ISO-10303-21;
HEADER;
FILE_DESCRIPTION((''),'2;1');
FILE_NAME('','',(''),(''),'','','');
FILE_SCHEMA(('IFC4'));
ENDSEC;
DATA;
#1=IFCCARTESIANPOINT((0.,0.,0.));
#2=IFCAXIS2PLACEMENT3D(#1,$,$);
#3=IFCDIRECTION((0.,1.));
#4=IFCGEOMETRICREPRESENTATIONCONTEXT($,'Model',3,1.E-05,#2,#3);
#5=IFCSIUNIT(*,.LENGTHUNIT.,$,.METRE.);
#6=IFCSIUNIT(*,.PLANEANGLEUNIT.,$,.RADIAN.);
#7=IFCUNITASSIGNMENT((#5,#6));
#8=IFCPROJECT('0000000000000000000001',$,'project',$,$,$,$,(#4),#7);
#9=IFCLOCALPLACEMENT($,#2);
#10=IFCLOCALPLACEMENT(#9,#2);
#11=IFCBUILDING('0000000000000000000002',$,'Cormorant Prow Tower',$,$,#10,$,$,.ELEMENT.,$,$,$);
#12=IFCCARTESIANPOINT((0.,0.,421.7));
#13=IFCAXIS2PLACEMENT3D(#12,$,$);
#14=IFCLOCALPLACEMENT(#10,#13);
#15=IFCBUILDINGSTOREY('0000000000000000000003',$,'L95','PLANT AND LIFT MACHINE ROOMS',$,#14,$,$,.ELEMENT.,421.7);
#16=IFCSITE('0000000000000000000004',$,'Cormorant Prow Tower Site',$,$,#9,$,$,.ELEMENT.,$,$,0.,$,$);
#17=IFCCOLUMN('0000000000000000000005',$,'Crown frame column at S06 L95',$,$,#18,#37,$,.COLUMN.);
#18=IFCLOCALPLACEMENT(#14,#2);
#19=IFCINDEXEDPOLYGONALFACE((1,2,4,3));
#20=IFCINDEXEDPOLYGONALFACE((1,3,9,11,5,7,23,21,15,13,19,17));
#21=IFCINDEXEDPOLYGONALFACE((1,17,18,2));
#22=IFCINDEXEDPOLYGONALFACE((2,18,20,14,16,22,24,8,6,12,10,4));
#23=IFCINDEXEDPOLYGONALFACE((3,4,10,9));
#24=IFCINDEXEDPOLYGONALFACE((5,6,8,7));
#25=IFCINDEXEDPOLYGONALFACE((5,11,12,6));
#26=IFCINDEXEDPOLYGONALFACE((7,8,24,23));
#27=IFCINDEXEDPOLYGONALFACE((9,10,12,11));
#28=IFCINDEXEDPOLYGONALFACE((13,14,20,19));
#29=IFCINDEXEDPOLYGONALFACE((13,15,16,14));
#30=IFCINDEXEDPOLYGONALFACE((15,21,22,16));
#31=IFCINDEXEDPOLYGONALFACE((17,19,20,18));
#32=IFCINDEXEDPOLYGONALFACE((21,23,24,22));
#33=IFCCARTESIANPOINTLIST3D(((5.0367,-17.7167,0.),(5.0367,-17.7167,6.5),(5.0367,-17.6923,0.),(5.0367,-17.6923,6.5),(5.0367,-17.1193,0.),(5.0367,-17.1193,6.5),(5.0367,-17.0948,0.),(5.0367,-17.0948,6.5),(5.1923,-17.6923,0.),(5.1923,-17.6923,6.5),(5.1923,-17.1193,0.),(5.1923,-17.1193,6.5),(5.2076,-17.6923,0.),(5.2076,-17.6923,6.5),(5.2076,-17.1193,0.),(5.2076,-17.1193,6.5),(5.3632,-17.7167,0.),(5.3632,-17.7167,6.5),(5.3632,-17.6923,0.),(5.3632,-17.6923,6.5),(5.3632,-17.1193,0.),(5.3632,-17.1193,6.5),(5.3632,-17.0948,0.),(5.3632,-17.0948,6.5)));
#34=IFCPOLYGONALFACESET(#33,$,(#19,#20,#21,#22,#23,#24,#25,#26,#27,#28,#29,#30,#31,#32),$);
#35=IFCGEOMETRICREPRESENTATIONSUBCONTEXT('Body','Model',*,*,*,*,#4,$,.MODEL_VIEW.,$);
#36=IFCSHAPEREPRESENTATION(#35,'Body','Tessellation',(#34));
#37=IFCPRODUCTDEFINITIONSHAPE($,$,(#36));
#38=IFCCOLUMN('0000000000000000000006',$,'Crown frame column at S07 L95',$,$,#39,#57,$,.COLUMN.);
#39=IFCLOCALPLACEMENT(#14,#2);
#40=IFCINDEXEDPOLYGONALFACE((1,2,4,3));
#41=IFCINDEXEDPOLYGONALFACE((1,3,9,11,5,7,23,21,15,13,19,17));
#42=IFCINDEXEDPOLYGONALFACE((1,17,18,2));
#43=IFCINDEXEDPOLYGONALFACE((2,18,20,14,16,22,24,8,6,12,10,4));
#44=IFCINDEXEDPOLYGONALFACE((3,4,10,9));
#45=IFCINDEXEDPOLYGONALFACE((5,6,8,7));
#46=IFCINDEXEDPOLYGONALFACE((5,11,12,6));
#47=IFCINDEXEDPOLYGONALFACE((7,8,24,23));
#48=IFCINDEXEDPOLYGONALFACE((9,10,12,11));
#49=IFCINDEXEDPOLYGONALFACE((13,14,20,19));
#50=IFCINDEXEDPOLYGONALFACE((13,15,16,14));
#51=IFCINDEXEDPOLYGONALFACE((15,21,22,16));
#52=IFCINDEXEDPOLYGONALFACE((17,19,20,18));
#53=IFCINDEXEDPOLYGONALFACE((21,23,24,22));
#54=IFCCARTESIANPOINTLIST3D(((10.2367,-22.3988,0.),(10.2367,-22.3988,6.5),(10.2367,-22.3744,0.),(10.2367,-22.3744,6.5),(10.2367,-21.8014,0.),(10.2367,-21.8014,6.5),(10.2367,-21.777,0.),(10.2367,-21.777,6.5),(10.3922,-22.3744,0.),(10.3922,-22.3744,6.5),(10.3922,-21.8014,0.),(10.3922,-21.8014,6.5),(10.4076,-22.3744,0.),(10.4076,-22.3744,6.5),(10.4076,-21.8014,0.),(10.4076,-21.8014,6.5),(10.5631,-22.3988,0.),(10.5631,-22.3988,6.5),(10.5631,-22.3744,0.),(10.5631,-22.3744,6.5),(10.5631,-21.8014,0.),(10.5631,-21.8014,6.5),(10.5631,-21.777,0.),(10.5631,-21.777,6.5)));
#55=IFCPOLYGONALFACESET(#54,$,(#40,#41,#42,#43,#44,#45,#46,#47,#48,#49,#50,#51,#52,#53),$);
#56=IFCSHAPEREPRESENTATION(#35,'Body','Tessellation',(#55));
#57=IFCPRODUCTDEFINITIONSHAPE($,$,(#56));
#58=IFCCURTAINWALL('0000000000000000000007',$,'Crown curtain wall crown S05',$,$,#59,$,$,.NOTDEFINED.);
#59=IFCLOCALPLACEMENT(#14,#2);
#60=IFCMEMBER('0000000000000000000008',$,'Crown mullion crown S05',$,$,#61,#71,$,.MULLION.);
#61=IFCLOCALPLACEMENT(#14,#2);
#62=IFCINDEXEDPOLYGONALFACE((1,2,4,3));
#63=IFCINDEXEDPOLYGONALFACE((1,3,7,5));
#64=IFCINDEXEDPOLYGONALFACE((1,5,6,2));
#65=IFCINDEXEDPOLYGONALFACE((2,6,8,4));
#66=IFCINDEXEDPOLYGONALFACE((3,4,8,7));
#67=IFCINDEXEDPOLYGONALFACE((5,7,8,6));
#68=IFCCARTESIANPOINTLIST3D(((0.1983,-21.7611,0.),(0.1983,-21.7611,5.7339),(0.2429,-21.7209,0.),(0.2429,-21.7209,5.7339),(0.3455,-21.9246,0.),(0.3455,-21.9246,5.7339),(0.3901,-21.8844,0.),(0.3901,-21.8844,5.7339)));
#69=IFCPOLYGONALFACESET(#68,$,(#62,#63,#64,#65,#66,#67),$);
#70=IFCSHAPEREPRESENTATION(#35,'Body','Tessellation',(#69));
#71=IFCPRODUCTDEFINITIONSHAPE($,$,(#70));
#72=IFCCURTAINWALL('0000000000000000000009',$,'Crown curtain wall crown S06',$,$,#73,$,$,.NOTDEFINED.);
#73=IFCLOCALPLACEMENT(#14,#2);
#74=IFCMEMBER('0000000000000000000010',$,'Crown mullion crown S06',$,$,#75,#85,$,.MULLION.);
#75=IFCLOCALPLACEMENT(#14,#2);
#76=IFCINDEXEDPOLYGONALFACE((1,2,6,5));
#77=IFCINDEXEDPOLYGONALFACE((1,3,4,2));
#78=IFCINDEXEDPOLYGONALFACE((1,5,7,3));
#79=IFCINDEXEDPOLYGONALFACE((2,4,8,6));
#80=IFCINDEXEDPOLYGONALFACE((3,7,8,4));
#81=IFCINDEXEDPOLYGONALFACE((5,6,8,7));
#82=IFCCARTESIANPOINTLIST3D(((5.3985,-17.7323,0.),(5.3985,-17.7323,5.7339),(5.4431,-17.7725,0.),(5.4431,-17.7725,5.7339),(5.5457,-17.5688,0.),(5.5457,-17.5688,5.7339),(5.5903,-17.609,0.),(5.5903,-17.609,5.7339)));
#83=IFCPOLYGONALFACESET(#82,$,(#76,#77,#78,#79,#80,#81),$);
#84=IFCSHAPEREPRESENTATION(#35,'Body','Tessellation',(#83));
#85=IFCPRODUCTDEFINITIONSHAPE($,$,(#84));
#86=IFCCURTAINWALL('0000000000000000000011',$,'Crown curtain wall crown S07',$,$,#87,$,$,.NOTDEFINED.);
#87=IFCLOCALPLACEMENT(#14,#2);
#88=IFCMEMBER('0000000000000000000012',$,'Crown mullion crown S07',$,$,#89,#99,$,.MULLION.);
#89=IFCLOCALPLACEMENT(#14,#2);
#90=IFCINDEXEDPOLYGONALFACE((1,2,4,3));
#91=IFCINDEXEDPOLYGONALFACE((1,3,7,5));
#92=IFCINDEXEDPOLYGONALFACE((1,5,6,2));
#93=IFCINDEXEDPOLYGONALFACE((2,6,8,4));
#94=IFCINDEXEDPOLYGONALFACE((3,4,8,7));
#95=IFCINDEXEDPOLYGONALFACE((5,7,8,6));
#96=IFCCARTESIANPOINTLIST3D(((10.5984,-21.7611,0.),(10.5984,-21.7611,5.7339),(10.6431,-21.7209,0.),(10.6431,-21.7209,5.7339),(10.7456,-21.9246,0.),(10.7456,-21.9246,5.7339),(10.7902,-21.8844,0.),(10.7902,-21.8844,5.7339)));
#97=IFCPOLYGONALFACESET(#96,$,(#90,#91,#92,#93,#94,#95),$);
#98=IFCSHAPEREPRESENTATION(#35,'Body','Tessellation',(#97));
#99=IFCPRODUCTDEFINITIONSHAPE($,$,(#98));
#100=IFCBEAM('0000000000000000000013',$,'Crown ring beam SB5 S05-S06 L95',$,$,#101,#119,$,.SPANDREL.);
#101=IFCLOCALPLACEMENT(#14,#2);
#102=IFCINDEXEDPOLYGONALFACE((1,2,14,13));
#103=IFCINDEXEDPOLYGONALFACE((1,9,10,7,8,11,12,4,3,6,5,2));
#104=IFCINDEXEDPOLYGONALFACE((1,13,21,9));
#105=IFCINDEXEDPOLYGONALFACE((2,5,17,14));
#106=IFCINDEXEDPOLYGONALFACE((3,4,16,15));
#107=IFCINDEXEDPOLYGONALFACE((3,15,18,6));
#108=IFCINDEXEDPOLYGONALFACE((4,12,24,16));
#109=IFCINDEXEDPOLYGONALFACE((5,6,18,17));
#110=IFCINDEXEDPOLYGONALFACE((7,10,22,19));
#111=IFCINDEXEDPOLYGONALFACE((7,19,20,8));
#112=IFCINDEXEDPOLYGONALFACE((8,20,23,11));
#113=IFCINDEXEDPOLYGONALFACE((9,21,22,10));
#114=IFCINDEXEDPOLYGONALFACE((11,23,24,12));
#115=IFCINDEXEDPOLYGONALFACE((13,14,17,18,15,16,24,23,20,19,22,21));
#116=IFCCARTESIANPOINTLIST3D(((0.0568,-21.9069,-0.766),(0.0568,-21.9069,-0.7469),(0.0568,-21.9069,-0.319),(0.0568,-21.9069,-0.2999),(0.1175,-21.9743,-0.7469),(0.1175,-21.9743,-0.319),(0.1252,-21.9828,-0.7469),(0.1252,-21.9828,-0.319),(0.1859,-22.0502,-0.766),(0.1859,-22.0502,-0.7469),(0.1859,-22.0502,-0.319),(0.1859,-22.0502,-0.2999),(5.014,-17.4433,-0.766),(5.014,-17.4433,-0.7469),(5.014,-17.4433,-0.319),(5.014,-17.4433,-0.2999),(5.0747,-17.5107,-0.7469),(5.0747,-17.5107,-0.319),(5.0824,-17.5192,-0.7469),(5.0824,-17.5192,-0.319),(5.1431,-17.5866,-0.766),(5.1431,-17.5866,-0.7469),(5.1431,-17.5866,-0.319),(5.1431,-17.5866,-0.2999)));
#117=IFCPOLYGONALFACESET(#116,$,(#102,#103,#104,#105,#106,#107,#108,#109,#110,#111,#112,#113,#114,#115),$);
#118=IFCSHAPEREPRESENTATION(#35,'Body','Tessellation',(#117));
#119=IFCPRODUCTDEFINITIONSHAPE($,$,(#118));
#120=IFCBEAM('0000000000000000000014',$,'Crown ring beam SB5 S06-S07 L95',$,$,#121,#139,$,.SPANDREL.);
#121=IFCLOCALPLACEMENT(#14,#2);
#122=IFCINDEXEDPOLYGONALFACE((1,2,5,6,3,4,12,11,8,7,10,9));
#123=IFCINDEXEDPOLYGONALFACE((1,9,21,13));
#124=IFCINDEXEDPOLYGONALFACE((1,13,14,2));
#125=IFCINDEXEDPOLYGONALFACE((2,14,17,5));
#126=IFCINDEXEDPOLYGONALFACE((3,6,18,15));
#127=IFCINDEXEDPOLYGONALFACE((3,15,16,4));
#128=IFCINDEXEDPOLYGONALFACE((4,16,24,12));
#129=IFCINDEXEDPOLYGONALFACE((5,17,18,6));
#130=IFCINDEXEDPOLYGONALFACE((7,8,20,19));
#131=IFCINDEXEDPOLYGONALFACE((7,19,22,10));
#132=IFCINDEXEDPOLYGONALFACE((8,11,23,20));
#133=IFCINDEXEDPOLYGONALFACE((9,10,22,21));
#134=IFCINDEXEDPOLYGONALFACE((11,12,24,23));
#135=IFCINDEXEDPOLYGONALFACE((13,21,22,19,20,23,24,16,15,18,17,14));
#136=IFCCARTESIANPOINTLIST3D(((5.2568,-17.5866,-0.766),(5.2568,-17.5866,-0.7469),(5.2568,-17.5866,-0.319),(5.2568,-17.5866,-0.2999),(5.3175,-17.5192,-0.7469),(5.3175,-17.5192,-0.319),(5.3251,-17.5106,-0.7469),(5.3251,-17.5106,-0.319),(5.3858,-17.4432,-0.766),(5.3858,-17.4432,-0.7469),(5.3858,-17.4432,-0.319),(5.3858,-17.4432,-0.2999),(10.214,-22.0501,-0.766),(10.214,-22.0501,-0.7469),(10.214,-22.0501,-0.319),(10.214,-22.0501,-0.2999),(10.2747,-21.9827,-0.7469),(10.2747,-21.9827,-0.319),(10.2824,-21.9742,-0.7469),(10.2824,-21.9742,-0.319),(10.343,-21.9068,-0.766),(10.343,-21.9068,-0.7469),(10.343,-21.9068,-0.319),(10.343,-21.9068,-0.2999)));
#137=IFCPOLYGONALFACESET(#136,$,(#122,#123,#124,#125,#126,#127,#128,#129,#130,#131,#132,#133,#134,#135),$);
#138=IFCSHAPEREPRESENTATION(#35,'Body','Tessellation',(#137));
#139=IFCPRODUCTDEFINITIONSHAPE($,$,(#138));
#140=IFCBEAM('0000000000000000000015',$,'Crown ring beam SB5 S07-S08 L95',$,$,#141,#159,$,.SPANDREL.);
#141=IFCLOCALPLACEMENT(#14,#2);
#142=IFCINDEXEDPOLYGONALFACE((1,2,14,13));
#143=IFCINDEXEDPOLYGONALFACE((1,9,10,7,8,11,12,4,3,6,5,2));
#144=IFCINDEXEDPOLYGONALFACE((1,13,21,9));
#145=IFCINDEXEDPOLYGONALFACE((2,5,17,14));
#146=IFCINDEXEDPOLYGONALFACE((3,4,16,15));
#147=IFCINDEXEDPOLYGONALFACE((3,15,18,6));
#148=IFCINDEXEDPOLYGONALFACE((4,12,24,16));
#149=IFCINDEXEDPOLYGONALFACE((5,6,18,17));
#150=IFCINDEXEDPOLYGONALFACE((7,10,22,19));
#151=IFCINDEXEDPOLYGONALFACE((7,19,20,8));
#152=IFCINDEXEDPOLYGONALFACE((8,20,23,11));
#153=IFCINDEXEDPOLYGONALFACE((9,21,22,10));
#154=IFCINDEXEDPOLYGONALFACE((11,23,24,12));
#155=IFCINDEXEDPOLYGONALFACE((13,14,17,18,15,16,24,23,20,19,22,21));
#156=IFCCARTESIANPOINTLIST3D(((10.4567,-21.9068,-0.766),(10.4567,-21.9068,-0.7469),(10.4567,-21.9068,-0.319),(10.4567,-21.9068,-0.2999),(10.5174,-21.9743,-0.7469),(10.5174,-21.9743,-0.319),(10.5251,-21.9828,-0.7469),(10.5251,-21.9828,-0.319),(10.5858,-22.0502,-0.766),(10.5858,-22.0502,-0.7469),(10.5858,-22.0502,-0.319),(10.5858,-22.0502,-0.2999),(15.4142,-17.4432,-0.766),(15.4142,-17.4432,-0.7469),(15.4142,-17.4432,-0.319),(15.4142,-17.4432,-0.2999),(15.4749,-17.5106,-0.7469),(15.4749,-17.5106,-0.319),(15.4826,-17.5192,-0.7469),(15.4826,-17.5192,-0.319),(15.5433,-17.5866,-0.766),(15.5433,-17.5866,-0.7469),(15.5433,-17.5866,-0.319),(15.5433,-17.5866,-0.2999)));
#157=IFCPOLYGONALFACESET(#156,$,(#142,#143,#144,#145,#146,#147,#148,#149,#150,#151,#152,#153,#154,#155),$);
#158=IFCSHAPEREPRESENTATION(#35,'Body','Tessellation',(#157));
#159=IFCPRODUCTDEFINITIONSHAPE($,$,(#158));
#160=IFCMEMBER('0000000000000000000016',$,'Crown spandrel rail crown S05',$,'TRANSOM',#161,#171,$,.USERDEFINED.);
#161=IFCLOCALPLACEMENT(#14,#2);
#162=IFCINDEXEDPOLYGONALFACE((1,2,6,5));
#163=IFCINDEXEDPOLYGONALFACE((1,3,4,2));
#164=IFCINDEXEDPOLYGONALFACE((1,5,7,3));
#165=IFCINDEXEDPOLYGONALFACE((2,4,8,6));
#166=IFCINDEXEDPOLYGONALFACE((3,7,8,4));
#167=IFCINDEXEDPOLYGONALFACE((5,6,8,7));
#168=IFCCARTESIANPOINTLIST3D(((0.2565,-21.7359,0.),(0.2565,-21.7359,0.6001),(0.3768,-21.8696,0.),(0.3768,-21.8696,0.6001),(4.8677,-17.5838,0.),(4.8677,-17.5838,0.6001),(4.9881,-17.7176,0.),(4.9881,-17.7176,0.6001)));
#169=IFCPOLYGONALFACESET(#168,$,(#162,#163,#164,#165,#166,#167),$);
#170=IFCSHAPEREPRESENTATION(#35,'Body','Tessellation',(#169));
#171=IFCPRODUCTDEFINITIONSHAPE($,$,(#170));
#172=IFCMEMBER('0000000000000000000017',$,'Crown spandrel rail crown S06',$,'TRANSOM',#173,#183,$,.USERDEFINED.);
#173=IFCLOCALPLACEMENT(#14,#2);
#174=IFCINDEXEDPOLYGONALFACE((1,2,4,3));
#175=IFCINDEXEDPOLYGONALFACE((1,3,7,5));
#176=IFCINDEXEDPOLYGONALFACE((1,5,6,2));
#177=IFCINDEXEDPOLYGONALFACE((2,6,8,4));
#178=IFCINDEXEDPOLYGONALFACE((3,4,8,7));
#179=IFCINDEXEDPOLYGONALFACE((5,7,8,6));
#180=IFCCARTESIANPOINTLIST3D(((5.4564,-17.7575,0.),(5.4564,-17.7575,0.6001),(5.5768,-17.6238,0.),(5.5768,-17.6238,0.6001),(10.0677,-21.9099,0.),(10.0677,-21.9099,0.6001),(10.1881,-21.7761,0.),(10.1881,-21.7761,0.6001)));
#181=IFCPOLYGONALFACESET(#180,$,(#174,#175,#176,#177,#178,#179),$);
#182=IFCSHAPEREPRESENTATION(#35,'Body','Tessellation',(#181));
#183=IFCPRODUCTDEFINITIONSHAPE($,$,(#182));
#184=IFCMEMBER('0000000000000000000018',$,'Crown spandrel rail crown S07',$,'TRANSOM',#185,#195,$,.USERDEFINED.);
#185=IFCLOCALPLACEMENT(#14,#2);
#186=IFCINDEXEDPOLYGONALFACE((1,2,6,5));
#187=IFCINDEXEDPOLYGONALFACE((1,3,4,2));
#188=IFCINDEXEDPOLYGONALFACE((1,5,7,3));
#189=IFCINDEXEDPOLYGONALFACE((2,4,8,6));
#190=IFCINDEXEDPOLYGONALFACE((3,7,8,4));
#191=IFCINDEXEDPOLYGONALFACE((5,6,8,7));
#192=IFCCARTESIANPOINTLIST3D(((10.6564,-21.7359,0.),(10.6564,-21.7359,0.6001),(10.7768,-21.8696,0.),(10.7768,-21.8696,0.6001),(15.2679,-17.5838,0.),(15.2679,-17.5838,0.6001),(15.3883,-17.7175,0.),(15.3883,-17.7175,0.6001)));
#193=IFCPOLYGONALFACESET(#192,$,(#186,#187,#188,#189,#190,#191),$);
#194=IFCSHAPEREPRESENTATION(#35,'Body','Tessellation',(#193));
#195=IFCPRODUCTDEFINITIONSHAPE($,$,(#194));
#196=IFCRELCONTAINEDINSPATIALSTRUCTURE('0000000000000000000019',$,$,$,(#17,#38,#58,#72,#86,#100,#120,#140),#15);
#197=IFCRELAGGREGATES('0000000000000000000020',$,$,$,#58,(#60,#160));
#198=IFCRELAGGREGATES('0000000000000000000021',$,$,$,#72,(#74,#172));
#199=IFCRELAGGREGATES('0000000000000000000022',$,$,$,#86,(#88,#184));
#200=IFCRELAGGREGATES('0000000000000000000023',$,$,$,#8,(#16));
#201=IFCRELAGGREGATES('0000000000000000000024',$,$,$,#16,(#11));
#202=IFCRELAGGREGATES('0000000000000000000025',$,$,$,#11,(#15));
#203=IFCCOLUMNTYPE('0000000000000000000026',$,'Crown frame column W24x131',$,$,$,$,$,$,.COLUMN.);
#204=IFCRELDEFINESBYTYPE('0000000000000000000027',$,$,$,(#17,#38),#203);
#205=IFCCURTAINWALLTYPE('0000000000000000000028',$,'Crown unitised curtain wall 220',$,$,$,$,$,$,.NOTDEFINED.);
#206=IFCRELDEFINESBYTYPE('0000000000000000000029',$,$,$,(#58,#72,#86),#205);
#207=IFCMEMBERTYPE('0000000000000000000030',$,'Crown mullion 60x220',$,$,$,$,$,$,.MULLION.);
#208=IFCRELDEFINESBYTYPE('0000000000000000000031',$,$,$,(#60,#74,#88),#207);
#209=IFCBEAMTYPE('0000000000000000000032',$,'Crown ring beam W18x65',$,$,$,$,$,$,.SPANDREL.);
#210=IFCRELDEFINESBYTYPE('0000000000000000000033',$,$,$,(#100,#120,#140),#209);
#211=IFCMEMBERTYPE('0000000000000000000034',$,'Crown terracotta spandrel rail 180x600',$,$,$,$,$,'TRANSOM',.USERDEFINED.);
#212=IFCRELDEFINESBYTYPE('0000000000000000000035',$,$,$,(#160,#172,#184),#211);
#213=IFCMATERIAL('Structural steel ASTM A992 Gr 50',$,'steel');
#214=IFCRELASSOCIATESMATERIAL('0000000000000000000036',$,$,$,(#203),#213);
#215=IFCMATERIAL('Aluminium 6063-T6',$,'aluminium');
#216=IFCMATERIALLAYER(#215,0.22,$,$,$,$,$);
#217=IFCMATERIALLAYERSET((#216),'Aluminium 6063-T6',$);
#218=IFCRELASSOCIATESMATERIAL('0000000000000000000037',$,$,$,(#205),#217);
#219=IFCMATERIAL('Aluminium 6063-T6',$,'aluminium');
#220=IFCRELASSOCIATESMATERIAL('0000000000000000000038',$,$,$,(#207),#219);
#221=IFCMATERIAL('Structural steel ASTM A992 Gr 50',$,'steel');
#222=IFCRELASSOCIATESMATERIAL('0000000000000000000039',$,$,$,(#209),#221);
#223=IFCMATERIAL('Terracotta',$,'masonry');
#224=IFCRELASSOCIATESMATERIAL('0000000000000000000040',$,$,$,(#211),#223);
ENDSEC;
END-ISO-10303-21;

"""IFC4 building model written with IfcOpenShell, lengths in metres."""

from ifc_helpers import new_model, si_unit, direction, frame, origin, origin_2d, place, context, subcontext, project, spatial, rectangle, i_section, extrude, material, layer, layer_set, material_profile, profile_set, type_object, element, aggregate, save


model = new_model("IFC4")

# Units and contexts
model_context = context("Model", 3, precision=1e-05, world=origin(), true_north=direction((0.0, 1.0)))
body_context = subcontext(model_context, "Body", "Model", "MODEL_VIEW")
ifc_project = project(units=[si_unit("LENGTHUNIT", "METRE"), si_unit("PLANEANGLEUNIT", "RADIAN")], contexts=[model_context])

# Site, building, storey
site_placement = place(None, origin())
site = spatial("IfcSite", under=ifc_project, at=site_placement, Name="Cormorant Prow Tower Site", CompositionType="ELEMENT", RefElevation=0.0)
building_placement = place(site_placement, origin())
building = spatial("IfcBuilding", under=site, at=building_placement, Name="Cormorant Prow Tower", CompositionType="ELEMENT")
storey_placement = place(building_placement, frame((0.0, 0.0, 421.7)))
storey = spatial("IfcBuildingStorey", under=building, at=storey_placement, Name="L95", Description="PLANT AND LIFT MACHINE ROOMS", CompositionType="ELEMENT", Elevation=421.7)

# Columns
ifc_material_1 = material(Name="Structural steel ASTM A992 Gr 50", Category="steel")
ifc_material_profile_1 = material_profile(ifc_material_1, i_section(OverallWidth=0.3264, OverallDepth=0.6218, WebThickness=0.0154, FlangeThickness=0.0244, at=origin_2d()), Name="W24x131")
ifc_profile_set_1 = profile_set([ifc_material_profile_1], Name="Structural steel ASTM A992 Gr 50")
column_type = type_object("IfcColumnType", Name="Crown frame column W24x131", PredefinedType="COLUMN", material=ifc_profile_set_1)
for number, where, z_axis, x_axis, name in (
    (1, (5.2, -17.4058, 0.0), (0.0, 0.0, 1.0), (1.0, 0.0, 0.0), "Crown frame column at S06 L95"),
    (2, (10.3999, -22.0879, 0.0), (0.0, 0.0, 1.0), (1.0, 0.0, 0.0), "Crown frame column at S07 L95"),
):
    element("IfcColumn", number, at=place(storey_placement, frame(where, z_axis=z_axis, x_axis=x_axis)), inside=storey, type_object=column_type, Name=name, PredefinedType="COLUMN", context=body_context, shape_type="SweptSolid", body=[
        extrude(i_section(OverallWidth=0.3264, OverallDepth=0.6218, WebThickness=0.0154, FlangeThickness=0.0244, at=origin_2d()), origin(), (0.0, 0.0, 1.0), 6.5),
    ])

# Curtain walls, members
ifc_material_2 = material(Name="Aluminium 6063-T6", Category="aluminium")
ifc_layer_1 = layer(ifc_material_2, 0.22)
ifc_layer_set_1 = layer_set([ifc_layer_1], Name="Aluminium 6063-T6")
curtain_wall_type = type_object("IfcCurtainWallType", Name="Crown unitised curtain wall 220", PredefinedType="NOTDEFINED", material=ifc_layer_set_1)
curtain_wall_1_placement = place(storey_placement, origin())
curtain_wall_1 = element("IfcCurtainWall", 3, at=curtain_wall_1_placement, inside=storey, type_object=curtain_wall_type, Name="Crown curtain wall crown S05", PredefinedType="NOTDEFINED")
ifc_material_3 = material(Name="Aluminium 6063-T6", Category="aluminium")
ifc_material_profile_2 = material_profile(ifc_material_3, rectangle(XDim=0.22, YDim=0.0601, at=origin_2d()), Name="Crown mullion 60x220")
ifc_profile_set_2 = profile_set([ifc_material_profile_2], Name="Aluminium 6063-T6")
member_type_1 = type_object("IfcMemberType", Name="Crown mullion 60x220", PredefinedType="MULLION", material=ifc_profile_set_2)
member_1_placement = place(storey_placement, frame((0.2942, -21.8228, 0.0), z_axis=(0.0, 0.0, 1.0), x_axis=(-0.669131, 0.743145, 0.0)))
member_1 = element("IfcMember", 4, at=member_1_placement, type_object=member_type_1, Name="Crown mullion crown S05", PredefinedType="MULLION", context=body_context, shape_type="SweptSolid", body=[
    extrude(rectangle(XDim=0.22, YDim=0.0601, at=origin_2d()), origin(), (0.0, 0.0, 1.0), 5.7339),
])
curtain_wall_2_placement = place(storey_placement, origin())
curtain_wall_2 = element("IfcCurtainWall", 5, at=curtain_wall_2_placement, inside=storey, type_object=curtain_wall_type, Name="Crown curtain wall crown S06", PredefinedType="NOTDEFINED")
member_2_placement = place(storey_placement, frame((5.4944, -17.6707, 0.0), z_axis=(0.0, 0.0, 1.0), x_axis=(0.669131, 0.743145, 0.0)))
member_2 = element("IfcMember", 6, at=member_2_placement, type_object=member_type_1, Name="Crown mullion crown S06", PredefinedType="MULLION", context=body_context, shape_type="SweptSolid", body=[
    extrude(rectangle(XDim=0.22, YDim=0.0601, at=origin_2d()), origin(), (0.0, 0.0, 1.0), 5.7339),
])
curtain_wall_3_placement = place(storey_placement, origin())
curtain_wall_3 = element("IfcCurtainWall", 7, at=curtain_wall_3_placement, inside=storey, type_object=curtain_wall_type, Name="Crown curtain wall crown S07", PredefinedType="NOTDEFINED")
member_3_placement = place(storey_placement, frame((10.6943, -21.8228, 0.0), z_axis=(0.0, 0.0, 1.0), x_axis=(-0.669131, 0.743145, 0.0)))
member_3 = element("IfcMember", 8, at=member_3_placement, type_object=member_type_1, Name="Crown mullion crown S07", PredefinedType="MULLION", context=body_context, shape_type="SweptSolid", body=[
    extrude(rectangle(XDim=0.22, YDim=0.0601, at=origin_2d()), origin(), (0.0, 0.0, 1.0), 5.7339),
])

# Beams
ifc_material_4 = material(Name="Structural steel ASTM A992 Gr 50", Category="steel")
ifc_material_profile_3 = material_profile(ifc_material_4, i_section(OverallWidth=0.1929, OverallDepth=0.4661, WebThickness=0.0115, FlangeThickness=0.019, at=origin_2d()), Name="W18x65")
ifc_profile_set_3 = profile_set([ifc_material_profile_3], Name="Structural steel ASTM A992 Gr 50")
beam_type = type_object("IfcBeamType", Name="Crown ring beam W18x65", PredefinedType="SPANDREL", material=ifc_profile_set_3)
for number, where, z_axis, x_axis, name in (
    (9, (0.1213, -21.9785, -0.533), (0.743139, 0.669137, 0.0), (-0.669137, 0.743139, 0.0), "Crown ring beam SB5 S05-S06 L95"),
    (10, (5.3213, -17.5149, -0.533), (0.743139, -0.669137, 0.0), (0.669137, 0.743139, 0.0), "Crown ring beam SB5 S06-S07 L95"),
):
    element("IfcBeam", number, at=place(storey_placement, frame(where, z_axis=z_axis, x_axis=x_axis)), inside=storey, type_object=beam_type, Name=name, PredefinedType="SPANDREL", context=body_context, shape_type="SweptSolid", body=[
        extrude(i_section(OverallWidth=0.1929, OverallDepth=0.4661, WebThickness=0.0115, FlangeThickness=0.019, at=origin_2d()), origin(), (0.0, 0.0, 1.0), 6.6707),
    ])
beam_placement = place(storey_placement, frame((10.5212, -21.9785, -0.533), z_axis=(0.743156, 0.669118, 0.0), x_axis=(-0.669118, 0.743156, 0.0)))
element("IfcBeam", 11, at=beam_placement, inside=storey, type_object=beam_type, Name="Crown ring beam SB5 S07-S08 L95", PredefinedType="SPANDREL", context=body_context, shape_type="SweptSolid", body=[
    extrude(i_section(OverallWidth=0.1929, OverallDepth=0.4661, WebThickness=0.0115, FlangeThickness=0.019, at=origin_2d()), origin(), (0.0, 0.0, 1.0), 6.6709),
])

# Members
ifc_material_5 = material(Name="Terracotta", Category="masonry")
ifc_material_profile_4 = material_profile(ifc_material_5, rectangle(XDim=0.1799, YDim=0.6001, at=origin_2d()), Name="Crown terracotta spandrel rail 180x600")
ifc_profile_set_4 = profile_set([ifc_material_profile_4], Name="Terracotta")
member_type_2 = type_object("IfcMemberType", Name="Crown terracotta spandrel rail 180x600", ElementType="TRANSOM", PredefinedType="USERDEFINED", material=ifc_profile_set_4)
member_4_placement = place(storey_placement, frame((0.3167, -21.8027, 0.3), z_axis=(0.743142, 0.669134, 0.0), x_axis=(-0.669134, 0.743142, 0.0)))
member_4 = element("IfcMember", 12, at=member_4_placement, type_object=member_type_2, Name="Crown spandrel rail crown S05", ObjectType="TRANSOM", PredefinedType="USERDEFINED", context=body_context, shape_type="SweptSolid", body=[
    extrude(rectangle(XDim=0.1799, YDim=0.6001, at=origin_2d()), origin(), (0.0, 0.0, 1.0), 6.2051),
])
member_5_placement = place(storey_placement, frame((5.5166, -17.6907, 0.3), z_axis=(0.743122, -0.669156, 0.0), x_axis=(0.669156, 0.743122, 0.0)))
member_5 = element("IfcMember", 13, at=member_5_placement, type_object=member_type_2, Name="Crown spandrel rail crown S06", ObjectType="TRANSOM", PredefinedType="USERDEFINED", context=body_context, shape_type="SweptSolid", body=[
    extrude(rectangle(XDim=0.1799, YDim=0.6001, at=origin_2d()), origin(), (0.0, 0.0, 1.0), 6.2053),
])
member_6_placement = place(storey_placement, frame((10.7166, -21.8027, 0.3), z_axis=(0.743159, 0.669115, 0.0), x_axis=(-0.669115, 0.743159, 0.0)))
member_6 = element("IfcMember", 14, at=member_6_placement, type_object=member_type_2, Name="Crown spandrel rail crown S07", ObjectType="TRANSOM", PredefinedType="USERDEFINED", context=body_context, shape_type="SweptSolid", body=[
    extrude(rectangle(XDim=0.1799, YDim=0.6001, at=origin_2d()), origin(), (0.0, 0.0, 1.0), 6.2053),
])

aggregate(curtain_wall_1, [member_1, member_4])
aggregate(curtain_wall_2, [member_2, member_5])
aggregate(curtain_wall_3, [member_3, member_6])

save(model, "model.ifc")
